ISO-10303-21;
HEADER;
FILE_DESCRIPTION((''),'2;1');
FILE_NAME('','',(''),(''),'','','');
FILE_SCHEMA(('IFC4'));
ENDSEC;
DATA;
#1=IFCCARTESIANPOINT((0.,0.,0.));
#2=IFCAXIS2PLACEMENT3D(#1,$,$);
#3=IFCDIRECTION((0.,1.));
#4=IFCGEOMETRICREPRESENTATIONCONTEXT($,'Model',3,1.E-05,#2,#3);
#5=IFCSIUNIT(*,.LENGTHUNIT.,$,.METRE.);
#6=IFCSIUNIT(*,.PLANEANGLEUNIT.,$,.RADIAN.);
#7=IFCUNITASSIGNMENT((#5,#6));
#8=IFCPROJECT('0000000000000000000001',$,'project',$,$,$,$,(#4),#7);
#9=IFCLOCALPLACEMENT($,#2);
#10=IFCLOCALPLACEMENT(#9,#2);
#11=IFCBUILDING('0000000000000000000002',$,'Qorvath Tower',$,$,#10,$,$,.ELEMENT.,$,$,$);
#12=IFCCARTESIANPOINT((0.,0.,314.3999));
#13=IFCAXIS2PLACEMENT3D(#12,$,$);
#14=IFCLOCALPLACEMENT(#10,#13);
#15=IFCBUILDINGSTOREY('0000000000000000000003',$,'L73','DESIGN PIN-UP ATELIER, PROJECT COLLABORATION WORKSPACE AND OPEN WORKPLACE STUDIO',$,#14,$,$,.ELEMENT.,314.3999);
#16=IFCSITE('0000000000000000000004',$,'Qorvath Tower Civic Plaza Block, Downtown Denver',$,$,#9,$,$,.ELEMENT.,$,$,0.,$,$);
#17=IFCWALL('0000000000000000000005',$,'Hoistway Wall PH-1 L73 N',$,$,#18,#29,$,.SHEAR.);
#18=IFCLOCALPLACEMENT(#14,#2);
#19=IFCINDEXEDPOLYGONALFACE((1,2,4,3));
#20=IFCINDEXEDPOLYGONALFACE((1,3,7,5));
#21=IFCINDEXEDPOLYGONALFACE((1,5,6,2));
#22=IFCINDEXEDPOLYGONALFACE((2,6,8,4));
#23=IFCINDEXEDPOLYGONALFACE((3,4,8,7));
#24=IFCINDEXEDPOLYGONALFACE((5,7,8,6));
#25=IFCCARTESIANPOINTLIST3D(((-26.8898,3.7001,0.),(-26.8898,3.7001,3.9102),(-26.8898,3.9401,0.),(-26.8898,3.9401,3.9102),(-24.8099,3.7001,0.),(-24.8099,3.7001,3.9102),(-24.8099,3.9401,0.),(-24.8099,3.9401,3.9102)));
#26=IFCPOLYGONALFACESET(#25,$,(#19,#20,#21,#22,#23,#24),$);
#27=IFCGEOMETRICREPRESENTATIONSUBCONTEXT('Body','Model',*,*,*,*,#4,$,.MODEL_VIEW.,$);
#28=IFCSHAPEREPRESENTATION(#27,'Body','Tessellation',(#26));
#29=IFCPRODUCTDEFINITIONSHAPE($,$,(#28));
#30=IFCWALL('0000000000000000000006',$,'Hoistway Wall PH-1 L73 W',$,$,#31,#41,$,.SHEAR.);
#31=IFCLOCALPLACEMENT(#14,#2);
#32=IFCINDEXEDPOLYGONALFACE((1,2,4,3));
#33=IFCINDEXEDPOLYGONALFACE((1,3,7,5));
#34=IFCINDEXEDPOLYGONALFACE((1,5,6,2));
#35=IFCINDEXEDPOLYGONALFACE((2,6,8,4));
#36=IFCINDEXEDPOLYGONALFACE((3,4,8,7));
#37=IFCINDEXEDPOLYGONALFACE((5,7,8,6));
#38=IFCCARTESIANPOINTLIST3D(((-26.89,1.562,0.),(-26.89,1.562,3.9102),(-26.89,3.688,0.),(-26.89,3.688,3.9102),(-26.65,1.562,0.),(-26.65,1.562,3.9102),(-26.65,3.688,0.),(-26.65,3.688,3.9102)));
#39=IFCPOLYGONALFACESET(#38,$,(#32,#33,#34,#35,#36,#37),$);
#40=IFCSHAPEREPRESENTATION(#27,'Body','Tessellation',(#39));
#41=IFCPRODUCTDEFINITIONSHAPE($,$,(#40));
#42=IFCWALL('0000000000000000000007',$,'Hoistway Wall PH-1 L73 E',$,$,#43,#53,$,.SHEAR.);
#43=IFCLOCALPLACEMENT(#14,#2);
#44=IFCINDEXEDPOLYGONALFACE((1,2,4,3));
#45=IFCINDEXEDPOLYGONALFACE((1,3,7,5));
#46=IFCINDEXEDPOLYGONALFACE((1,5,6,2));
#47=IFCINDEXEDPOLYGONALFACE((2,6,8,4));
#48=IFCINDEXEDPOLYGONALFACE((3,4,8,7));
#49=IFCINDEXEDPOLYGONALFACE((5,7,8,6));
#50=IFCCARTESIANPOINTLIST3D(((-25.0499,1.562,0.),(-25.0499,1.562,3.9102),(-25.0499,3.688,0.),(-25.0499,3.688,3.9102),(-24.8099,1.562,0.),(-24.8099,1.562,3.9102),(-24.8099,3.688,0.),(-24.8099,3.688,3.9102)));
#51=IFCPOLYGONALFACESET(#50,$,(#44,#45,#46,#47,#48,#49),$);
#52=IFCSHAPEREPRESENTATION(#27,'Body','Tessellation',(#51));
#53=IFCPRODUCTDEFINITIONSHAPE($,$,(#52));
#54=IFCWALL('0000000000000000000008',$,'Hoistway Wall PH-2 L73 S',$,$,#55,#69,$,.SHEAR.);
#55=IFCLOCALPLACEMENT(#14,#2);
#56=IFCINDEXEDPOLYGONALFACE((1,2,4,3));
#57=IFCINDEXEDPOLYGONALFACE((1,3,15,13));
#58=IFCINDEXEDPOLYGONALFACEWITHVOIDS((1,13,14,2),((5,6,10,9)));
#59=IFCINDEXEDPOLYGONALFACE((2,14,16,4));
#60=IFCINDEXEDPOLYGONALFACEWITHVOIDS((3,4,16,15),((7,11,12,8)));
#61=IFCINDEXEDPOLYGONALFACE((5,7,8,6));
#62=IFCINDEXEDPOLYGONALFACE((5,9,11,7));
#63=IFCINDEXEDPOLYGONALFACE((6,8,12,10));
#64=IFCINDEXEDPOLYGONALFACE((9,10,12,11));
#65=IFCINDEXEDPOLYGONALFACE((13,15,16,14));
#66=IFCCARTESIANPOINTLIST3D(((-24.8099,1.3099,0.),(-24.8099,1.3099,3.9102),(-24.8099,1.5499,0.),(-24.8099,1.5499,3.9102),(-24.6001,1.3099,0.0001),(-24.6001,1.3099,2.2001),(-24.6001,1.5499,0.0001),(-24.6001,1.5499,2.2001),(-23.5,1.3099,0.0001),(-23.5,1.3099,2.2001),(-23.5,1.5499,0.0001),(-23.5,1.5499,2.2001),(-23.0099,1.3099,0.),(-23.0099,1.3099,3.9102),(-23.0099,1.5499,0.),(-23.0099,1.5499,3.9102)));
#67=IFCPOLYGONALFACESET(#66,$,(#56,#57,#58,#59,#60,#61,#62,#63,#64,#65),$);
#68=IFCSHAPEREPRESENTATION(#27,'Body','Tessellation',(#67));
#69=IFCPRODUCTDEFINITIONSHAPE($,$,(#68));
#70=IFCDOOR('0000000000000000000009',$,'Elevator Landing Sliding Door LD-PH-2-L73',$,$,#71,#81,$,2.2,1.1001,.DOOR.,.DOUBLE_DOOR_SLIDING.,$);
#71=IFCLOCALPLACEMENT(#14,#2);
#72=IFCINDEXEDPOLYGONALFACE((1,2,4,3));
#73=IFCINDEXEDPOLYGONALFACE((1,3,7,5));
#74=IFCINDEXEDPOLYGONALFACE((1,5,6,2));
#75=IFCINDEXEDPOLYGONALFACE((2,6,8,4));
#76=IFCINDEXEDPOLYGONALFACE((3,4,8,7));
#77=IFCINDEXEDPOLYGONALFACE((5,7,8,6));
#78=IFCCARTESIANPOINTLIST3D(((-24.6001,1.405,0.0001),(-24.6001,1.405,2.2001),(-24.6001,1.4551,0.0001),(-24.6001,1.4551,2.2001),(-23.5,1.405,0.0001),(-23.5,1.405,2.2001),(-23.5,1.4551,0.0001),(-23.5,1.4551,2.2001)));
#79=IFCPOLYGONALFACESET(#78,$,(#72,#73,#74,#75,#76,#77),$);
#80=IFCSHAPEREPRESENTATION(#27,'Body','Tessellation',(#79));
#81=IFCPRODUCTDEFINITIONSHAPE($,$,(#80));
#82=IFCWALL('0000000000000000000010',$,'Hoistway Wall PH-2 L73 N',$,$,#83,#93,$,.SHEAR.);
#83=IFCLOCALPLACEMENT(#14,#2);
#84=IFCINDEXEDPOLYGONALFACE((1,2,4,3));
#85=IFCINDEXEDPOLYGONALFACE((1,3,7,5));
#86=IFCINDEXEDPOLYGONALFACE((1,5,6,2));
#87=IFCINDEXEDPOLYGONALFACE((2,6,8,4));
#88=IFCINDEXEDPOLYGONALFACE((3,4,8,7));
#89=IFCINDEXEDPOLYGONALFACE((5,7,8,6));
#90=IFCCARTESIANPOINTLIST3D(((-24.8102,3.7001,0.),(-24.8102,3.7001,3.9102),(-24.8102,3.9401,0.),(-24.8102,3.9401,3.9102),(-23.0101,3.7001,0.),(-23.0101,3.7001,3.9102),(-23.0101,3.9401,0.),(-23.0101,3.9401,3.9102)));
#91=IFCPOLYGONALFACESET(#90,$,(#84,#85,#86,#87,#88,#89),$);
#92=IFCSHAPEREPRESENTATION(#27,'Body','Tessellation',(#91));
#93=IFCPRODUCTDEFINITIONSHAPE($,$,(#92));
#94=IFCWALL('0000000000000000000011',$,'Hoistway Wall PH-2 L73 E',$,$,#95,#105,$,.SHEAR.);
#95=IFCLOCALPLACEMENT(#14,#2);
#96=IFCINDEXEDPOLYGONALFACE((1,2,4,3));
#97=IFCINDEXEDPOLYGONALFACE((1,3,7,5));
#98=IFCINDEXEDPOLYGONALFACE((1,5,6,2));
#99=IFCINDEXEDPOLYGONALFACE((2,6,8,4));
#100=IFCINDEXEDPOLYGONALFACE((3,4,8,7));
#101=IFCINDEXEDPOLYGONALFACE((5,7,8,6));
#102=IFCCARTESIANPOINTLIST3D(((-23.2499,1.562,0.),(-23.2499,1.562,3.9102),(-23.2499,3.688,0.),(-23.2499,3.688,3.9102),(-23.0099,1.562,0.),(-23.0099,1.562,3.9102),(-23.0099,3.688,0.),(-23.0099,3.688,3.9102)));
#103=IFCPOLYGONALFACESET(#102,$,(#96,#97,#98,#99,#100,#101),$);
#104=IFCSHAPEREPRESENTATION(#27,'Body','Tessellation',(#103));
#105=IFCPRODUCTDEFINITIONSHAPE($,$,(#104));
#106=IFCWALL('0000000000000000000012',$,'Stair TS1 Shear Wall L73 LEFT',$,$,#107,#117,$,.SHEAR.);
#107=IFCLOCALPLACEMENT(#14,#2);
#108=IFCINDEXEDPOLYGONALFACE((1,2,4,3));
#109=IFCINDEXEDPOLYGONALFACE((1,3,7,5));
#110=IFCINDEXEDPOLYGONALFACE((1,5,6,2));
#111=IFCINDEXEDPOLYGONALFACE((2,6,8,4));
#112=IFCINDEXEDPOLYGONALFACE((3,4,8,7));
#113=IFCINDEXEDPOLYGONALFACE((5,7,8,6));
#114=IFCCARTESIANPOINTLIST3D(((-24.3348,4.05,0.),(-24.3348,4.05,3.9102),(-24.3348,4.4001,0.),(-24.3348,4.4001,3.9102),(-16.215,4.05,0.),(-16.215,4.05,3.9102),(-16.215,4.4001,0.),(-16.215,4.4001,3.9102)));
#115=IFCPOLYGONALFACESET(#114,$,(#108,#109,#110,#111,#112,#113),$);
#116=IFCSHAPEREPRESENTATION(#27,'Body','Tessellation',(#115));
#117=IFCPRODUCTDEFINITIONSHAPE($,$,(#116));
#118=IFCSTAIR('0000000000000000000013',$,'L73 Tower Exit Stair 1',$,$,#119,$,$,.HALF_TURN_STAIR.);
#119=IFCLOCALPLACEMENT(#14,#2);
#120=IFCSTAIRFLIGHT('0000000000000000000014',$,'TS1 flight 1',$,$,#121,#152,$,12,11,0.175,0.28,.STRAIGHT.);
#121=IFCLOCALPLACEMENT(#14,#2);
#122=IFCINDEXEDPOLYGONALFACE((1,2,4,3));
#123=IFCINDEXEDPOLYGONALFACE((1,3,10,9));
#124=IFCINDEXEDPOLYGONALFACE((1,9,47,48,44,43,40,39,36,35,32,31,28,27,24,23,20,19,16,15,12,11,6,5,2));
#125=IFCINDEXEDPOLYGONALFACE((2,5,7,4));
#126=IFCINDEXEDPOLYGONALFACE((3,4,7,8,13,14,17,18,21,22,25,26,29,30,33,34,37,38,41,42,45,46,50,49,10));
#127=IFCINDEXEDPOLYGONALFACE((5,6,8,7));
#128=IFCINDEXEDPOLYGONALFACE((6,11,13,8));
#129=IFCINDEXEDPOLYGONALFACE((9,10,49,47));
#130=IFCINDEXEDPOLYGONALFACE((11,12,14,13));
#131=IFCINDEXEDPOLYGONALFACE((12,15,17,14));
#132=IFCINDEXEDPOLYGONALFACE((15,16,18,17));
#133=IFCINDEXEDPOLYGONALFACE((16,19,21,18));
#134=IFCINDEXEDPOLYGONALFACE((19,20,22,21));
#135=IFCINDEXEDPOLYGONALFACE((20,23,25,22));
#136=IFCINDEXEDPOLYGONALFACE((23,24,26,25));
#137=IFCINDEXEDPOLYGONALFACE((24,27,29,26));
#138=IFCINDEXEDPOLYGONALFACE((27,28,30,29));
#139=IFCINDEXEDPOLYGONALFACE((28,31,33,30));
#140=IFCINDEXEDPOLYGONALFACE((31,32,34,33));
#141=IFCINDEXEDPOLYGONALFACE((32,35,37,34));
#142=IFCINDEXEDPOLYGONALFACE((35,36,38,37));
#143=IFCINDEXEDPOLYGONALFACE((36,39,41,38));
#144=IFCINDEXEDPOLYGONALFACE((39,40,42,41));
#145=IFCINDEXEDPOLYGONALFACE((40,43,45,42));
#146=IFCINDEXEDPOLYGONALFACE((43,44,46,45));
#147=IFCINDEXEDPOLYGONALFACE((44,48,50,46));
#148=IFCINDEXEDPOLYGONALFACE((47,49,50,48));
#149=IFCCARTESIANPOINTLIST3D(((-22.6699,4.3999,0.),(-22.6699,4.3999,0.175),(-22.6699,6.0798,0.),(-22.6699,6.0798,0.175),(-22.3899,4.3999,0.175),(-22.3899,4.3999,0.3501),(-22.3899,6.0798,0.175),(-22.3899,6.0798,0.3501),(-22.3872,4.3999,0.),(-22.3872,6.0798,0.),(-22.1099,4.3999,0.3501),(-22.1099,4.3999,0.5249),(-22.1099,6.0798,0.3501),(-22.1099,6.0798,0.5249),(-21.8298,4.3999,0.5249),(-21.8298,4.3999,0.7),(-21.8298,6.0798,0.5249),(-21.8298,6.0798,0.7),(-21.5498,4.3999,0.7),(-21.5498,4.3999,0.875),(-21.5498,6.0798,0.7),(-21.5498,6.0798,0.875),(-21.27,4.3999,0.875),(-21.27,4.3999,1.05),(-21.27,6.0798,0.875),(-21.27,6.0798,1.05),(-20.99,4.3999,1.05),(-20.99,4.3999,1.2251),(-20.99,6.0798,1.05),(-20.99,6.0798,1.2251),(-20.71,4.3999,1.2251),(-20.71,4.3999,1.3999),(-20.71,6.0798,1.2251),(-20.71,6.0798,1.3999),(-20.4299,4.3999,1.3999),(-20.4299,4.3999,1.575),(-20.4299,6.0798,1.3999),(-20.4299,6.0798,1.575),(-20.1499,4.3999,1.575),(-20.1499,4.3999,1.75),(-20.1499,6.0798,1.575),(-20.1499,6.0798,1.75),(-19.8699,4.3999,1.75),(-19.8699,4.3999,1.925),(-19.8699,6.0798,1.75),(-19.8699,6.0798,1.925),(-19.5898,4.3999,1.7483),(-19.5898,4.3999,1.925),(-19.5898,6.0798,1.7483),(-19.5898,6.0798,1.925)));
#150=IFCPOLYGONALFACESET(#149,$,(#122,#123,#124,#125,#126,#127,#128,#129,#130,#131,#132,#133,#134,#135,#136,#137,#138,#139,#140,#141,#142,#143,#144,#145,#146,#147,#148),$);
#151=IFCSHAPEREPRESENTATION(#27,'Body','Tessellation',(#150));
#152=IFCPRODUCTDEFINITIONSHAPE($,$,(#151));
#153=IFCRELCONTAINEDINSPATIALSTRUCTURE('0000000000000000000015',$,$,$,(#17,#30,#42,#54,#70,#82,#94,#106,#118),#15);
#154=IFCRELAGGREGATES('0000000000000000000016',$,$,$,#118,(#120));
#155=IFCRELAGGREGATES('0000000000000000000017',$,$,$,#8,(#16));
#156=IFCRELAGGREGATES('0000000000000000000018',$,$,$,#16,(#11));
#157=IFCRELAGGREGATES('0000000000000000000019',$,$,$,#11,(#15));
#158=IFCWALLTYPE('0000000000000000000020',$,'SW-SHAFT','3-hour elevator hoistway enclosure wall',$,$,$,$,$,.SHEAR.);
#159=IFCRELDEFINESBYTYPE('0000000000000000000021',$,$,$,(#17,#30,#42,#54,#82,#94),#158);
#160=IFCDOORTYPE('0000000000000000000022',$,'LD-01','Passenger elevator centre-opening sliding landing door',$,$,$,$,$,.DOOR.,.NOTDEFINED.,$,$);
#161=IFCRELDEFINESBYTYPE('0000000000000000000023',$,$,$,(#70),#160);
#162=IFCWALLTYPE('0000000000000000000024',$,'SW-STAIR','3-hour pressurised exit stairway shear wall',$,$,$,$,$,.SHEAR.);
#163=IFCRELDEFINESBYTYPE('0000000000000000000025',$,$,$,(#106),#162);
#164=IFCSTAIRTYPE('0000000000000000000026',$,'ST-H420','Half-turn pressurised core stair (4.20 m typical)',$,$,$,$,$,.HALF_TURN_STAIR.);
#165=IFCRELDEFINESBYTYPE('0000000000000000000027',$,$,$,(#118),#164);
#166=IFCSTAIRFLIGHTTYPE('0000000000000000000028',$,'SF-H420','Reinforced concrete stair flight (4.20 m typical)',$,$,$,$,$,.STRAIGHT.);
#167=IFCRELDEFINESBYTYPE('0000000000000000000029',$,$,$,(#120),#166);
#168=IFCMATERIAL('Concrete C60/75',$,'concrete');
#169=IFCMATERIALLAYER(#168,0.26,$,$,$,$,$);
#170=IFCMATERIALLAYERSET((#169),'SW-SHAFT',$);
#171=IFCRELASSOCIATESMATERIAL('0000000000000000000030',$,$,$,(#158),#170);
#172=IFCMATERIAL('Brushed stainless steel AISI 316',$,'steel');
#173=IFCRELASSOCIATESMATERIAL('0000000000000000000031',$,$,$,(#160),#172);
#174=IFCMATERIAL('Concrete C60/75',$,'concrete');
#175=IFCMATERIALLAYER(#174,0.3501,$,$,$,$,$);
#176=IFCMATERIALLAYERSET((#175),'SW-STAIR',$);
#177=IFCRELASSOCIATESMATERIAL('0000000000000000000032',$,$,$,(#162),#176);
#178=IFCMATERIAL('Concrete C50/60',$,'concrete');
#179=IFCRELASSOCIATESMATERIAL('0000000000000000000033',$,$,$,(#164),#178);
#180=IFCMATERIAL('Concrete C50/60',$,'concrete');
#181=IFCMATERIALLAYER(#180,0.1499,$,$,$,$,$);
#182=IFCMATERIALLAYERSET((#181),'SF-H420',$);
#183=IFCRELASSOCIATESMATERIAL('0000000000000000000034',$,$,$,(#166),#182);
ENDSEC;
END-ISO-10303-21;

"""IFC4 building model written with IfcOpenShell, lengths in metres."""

from ifc_helpers import new_model, si_unit, direction, frame, frame_2d, origin, place, context, subcontext, project, spatial, polyline, rectangle, outline, extrude, material, layer, layer_set, type_object, element, fill, aggregate, save


model = new_model("IFC4")

# Units and contexts
model_context = context("Model", 3, precision=1e-05, world=origin(), true_north=direction((0.0, 1.0)))
body_context = subcontext(model_context, "Body", "Model", "MODEL_VIEW")
ifc_project = project(units=[si_unit("LENGTHUNIT", "METRE"), si_unit("PLANEANGLEUNIT", "RADIAN")], contexts=[model_context])

# Site, building, storey
site_placement = place(None, origin())
site = spatial("IfcSite", under=ifc_project, at=site_placement, Name="Qorvath Tower Civic Plaza Block, Downtown Denver", CompositionType="ELEMENT", RefElevation=0.0)
building_placement = place(site_placement, origin())
building = spatial("IfcBuilding", under=site, at=building_placement, Name="Qorvath Tower", CompositionType="ELEMENT")
storey_placement = place(building_placement, frame((0.0, 0.0, 314.3999)))
storey = spatial("IfcBuildingStorey", under=building, at=storey_placement, Name="L73", Description="DESIGN PIN-UP ATELIER, PROJECT COLLABORATION WORKSPACE AND OPEN WORKPLACE STUDIO", CompositionType="ELEMENT", Elevation=314.3999)

# Shared definitions
ifc_material_1 = material(Name="Concrete C60/75", Category="concrete")
ifc_layer_1 = layer(ifc_material_1, 0.26)
ifc_layer_set_1 = layer_set([ifc_layer_1], Name="SW-SHAFT")
wall_type_1 = type_object("IfcWallType", Name="SW-SHAFT", Description="3-hour elevator hoistway enclosure wall", PredefinedType="SHEAR", material=ifc_layer_set_1)

# Shared definitions
ifc_material_2 = material(Name="Brushed stainless steel AISI 316", Category="steel")
door_type_1 = type_object("IfcDoorType", Name="LD-01", Description="Passenger elevator centre-opening sliding landing door", OperationType="NOTDEFINED", PredefinedType="DOOR", material=ifc_material_2)

# Walls
wall_1_placement = place(storey_placement, frame((-26.8899, 3.8201, 0.0), z_axis=(0.0, 0.0, 1.0), x_axis=(1.0, 0.0, 0.0)))
element("IfcWall", 1, at=wall_1_placement, inside=storey, type_object=wall_type_1, Name="Hoistway Wall PH-1 L73 N", PredefinedType="SHEAR", context=body_context, shape_type="SweptSolid", body=[
    extrude(rectangle(XDim=2.0798, YDim=0.24, at=frame_2d((1.04, 0.0))), origin(), (0.0, 0.0, 1.0), 3.9102),
])
for number, where, z_axis, x_axis, name in (
    (2, (-26.77, 1.562, 0.0), (0.0, 0.0, 1.0), (0.0, 1.0, 0.0), "Hoistway Wall PH-1 L73 W"),
    (3, (-24.9299, 3.688, 0.0), (0.0, 0.0, 1.0), (0.0, -1.0, 0.0), "Hoistway Wall PH-1 L73 E"),
):
    element("IfcWall", number, at=place(storey_placement, frame(where, z_axis=z_axis, x_axis=x_axis)), inside=storey, type_object=wall_type_1, Name=name, PredefinedType="SHEAR", context=body_context, shape_type="SweptSolid", body=[
        extrude(rectangle(XDim=2.126, YDim=0.24, at=frame_2d((1.063, 0.0))), origin(), (0.0, 0.0, 1.0), 3.9102),
    ])

# Wall, opening, door
wall_2_placement = place(storey_placement, frame((-23.01, 1.4299, 0.0), z_axis=(0.0, 0.0, 1.0), x_axis=(-1.0, 0.0, 0.0)))
wall_2 = element("IfcWall", 4, at=wall_2_placement, inside=storey, type_object=wall_type_1, Name="Hoistway Wall PH-2 L73 S", PredefinedType="SHEAR", context=body_context, shape_type="SweptSolid", body=[
    extrude(rectangle(XDim=1.8, YDim=0.24, at=frame_2d((0.8999, 0.0))), origin(), (0.0, 0.0, 1.0), 3.9102),
])
opening_1_placement = place(wall_2_placement, frame((0.49, 0.0, 0.0)))
opening_1 = element("IfcOpeningElement", 5, at=opening_1_placement, cuts=wall_2, PredefinedType="OPENING", context=body_context, shape_type="SweptSolid", body=[
    extrude(rectangle(XDim=1.1001, YDim=2.2, at=frame_2d((0.55, 1.1001))), frame((0.0, 0.1299, 0.0), z_axis=(0.0, -1.0, 0.0), x_axis=(1.0, 0.0, 0.0)), (0.0, 0.0, 1.0), 0.26),
])
door_1_placement = place(opening_1_placement, origin())
door_1 = element("IfcDoor", 6, at=door_1_placement, inside=storey, type_object=door_type_1, Name="Elevator Landing Sliding Door LD-PH-2-L73", OperationType="DOUBLE_DOOR_SLIDING", OverallHeight=2.2, OverallWidth=1.1001, PredefinedType="DOOR", context=body_context, shape_type="SweptSolid", body=[
    extrude(rectangle(XDim=1.1001, YDim=2.2, at=frame_2d((0.55, 1.1001))), frame((0.0, 0.0249, 0.0), z_axis=(0.0, -1.0, 0.0), x_axis=(1.0, 0.0, 0.0)), (0.0, 0.0, 1.0), 0.05),
])
fill(opening_1, door_1)

# Walls
wall_3_placement = place(storey_placement, frame((-24.8101, 3.8201, 0.0), z_axis=(0.0, 0.0, 1.0), x_axis=(1.0, 0.0, 0.0)))
element("IfcWall", 7, at=wall_3_placement, inside=storey, type_object=wall_type_1, Name="Hoistway Wall PH-2 L73 N", PredefinedType="SHEAR", context=body_context, shape_type="SweptSolid", body=[
    extrude(rectangle(XDim=1.8, YDim=0.24, at=frame_2d((0.8999, 0.0))), origin(), (0.0, 0.0, 1.0), 3.9102),
])
wall_4_placement = place(storey_placement, frame((-23.1299, 3.688, 0.0), z_axis=(0.0, 0.0, 1.0), x_axis=(0.0, -1.0, 0.0)))
element("IfcWall", 8, at=wall_4_placement, inside=storey, type_object=wall_type_1, Name="Hoistway Wall PH-2 L73 E", PredefinedType="SHEAR", context=body_context, shape_type="SweptSolid", body=[
    extrude(rectangle(XDim=2.126, YDim=0.24, at=frame_2d((1.063, 0.0))), origin(), (0.0, 0.0, 1.0), 3.9102),
])
ifc_material_3 = material(Name="Concrete C60/75", Category="concrete")
ifc_layer_2 = layer(ifc_material_3, 0.3501)
ifc_layer_set_2 = layer_set([ifc_layer_2], Name="SW-STAIR")
wall_type_2 = type_object("IfcWallType", Name="SW-STAIR", Description="3-hour pressurised exit stairway shear wall", PredefinedType="SHEAR", material=ifc_layer_set_2)
wall_5_placement = place(storey_placement, frame((-24.335, 4.2251, 0.0), z_axis=(0.0, 0.0, 1.0), x_axis=(1.0, 0.0, 0.0)))
element("IfcWall", 9, at=wall_5_placement, inside=storey, type_object=wall_type_2, Name="Stair TS1 Shear Wall L73 LEFT", PredefinedType="SHEAR", context=body_context, shape_type="SweptSolid", body=[
    extrude(rectangle(XDim=8.1199, YDim=0.3501, at=frame_2d((4.0601, 0.0))), origin(), (0.0, 0.0, 1.0), 3.9102),
])

# Stair, stair flight
ifc_material_4 = material(Name="Concrete C50/60", Category="concrete")
stair_type = type_object("IfcStairType", Name="ST-H420", Description="Half-turn pressurised core stair (4.20 m typical)", PredefinedType="HALF_TURN_STAIR", material=ifc_material_4)
stair_placement = place(storey_placement, origin())
stair = element("IfcStair", 10, at=stair_placement, inside=storey, type_object=stair_type, Name="L73 Tower Exit Stair 1", PredefinedType="HALF_TURN_STAIR")
ifc_material_5 = material(Name="Concrete C50/60", Category="concrete")
ifc_layer_3 = layer(ifc_material_5, 0.1499)
ifc_layer_set_3 = layer_set([ifc_layer_3], Name="SF-H420")
stair_flight_type = type_object("IfcStairFlightType", Name="SF-H420", Description="Reinforced concrete stair flight (4.20 m typical)", PredefinedType="STRAIGHT", material=ifc_layer_set_3)
stair_flight_placement = place(storey_placement, frame((-22.6699, 5.24, 0.0), z_axis=(0.0, 0.0, 1.0), x_axis=(1.0, 0.0, 0.0)))
stair_flight = element("IfcStairFlight", 11, at=stair_flight_placement, type_object=stair_flight_type, Name="TS1 flight 1", NumberOfRisers=12, NumberOfTreads=11, PredefinedType="STRAIGHT", RiserHeight=0.175, TreadLength=0.28, context=body_context, shape_type="SweptSolid", body=[
    extrude(outline(polyline([(0.0, 0.0), (0.0, 0.175), (0.28, 0.175), (0.28, 0.3501), (0.5601, 0.3501), (0.5601, 0.5249), (0.8401, 0.5249), (0.8401, 0.7), (1.1201, 0.7), (1.1201, 0.875), (1.3999, 0.875), (1.3999, 1.05), (1.6799, 1.05), (1.6799, 1.2251), (1.96, 1.2251), (1.96, 1.3999), (2.24, 1.3999), (2.24, 1.575), (2.52, 1.575), (2.52, 1.75), (2.8, 1.75), (2.8, 1.925), (3.0801, 1.925), (3.0801, 2.1001), (3.0801, 1.7483), (0.2827, 0.0), (0.0, 0.0)])), frame((0.0, 0.8398, 0.0), z_axis=(0.0, -1.0, 0.0), x_axis=(1.0, 0.0, 0.0)), (0.0, 0.0, 1.0), 1.6799),
])
aggregate(stair, [stair_flight])

save(model, "model.ifc")
